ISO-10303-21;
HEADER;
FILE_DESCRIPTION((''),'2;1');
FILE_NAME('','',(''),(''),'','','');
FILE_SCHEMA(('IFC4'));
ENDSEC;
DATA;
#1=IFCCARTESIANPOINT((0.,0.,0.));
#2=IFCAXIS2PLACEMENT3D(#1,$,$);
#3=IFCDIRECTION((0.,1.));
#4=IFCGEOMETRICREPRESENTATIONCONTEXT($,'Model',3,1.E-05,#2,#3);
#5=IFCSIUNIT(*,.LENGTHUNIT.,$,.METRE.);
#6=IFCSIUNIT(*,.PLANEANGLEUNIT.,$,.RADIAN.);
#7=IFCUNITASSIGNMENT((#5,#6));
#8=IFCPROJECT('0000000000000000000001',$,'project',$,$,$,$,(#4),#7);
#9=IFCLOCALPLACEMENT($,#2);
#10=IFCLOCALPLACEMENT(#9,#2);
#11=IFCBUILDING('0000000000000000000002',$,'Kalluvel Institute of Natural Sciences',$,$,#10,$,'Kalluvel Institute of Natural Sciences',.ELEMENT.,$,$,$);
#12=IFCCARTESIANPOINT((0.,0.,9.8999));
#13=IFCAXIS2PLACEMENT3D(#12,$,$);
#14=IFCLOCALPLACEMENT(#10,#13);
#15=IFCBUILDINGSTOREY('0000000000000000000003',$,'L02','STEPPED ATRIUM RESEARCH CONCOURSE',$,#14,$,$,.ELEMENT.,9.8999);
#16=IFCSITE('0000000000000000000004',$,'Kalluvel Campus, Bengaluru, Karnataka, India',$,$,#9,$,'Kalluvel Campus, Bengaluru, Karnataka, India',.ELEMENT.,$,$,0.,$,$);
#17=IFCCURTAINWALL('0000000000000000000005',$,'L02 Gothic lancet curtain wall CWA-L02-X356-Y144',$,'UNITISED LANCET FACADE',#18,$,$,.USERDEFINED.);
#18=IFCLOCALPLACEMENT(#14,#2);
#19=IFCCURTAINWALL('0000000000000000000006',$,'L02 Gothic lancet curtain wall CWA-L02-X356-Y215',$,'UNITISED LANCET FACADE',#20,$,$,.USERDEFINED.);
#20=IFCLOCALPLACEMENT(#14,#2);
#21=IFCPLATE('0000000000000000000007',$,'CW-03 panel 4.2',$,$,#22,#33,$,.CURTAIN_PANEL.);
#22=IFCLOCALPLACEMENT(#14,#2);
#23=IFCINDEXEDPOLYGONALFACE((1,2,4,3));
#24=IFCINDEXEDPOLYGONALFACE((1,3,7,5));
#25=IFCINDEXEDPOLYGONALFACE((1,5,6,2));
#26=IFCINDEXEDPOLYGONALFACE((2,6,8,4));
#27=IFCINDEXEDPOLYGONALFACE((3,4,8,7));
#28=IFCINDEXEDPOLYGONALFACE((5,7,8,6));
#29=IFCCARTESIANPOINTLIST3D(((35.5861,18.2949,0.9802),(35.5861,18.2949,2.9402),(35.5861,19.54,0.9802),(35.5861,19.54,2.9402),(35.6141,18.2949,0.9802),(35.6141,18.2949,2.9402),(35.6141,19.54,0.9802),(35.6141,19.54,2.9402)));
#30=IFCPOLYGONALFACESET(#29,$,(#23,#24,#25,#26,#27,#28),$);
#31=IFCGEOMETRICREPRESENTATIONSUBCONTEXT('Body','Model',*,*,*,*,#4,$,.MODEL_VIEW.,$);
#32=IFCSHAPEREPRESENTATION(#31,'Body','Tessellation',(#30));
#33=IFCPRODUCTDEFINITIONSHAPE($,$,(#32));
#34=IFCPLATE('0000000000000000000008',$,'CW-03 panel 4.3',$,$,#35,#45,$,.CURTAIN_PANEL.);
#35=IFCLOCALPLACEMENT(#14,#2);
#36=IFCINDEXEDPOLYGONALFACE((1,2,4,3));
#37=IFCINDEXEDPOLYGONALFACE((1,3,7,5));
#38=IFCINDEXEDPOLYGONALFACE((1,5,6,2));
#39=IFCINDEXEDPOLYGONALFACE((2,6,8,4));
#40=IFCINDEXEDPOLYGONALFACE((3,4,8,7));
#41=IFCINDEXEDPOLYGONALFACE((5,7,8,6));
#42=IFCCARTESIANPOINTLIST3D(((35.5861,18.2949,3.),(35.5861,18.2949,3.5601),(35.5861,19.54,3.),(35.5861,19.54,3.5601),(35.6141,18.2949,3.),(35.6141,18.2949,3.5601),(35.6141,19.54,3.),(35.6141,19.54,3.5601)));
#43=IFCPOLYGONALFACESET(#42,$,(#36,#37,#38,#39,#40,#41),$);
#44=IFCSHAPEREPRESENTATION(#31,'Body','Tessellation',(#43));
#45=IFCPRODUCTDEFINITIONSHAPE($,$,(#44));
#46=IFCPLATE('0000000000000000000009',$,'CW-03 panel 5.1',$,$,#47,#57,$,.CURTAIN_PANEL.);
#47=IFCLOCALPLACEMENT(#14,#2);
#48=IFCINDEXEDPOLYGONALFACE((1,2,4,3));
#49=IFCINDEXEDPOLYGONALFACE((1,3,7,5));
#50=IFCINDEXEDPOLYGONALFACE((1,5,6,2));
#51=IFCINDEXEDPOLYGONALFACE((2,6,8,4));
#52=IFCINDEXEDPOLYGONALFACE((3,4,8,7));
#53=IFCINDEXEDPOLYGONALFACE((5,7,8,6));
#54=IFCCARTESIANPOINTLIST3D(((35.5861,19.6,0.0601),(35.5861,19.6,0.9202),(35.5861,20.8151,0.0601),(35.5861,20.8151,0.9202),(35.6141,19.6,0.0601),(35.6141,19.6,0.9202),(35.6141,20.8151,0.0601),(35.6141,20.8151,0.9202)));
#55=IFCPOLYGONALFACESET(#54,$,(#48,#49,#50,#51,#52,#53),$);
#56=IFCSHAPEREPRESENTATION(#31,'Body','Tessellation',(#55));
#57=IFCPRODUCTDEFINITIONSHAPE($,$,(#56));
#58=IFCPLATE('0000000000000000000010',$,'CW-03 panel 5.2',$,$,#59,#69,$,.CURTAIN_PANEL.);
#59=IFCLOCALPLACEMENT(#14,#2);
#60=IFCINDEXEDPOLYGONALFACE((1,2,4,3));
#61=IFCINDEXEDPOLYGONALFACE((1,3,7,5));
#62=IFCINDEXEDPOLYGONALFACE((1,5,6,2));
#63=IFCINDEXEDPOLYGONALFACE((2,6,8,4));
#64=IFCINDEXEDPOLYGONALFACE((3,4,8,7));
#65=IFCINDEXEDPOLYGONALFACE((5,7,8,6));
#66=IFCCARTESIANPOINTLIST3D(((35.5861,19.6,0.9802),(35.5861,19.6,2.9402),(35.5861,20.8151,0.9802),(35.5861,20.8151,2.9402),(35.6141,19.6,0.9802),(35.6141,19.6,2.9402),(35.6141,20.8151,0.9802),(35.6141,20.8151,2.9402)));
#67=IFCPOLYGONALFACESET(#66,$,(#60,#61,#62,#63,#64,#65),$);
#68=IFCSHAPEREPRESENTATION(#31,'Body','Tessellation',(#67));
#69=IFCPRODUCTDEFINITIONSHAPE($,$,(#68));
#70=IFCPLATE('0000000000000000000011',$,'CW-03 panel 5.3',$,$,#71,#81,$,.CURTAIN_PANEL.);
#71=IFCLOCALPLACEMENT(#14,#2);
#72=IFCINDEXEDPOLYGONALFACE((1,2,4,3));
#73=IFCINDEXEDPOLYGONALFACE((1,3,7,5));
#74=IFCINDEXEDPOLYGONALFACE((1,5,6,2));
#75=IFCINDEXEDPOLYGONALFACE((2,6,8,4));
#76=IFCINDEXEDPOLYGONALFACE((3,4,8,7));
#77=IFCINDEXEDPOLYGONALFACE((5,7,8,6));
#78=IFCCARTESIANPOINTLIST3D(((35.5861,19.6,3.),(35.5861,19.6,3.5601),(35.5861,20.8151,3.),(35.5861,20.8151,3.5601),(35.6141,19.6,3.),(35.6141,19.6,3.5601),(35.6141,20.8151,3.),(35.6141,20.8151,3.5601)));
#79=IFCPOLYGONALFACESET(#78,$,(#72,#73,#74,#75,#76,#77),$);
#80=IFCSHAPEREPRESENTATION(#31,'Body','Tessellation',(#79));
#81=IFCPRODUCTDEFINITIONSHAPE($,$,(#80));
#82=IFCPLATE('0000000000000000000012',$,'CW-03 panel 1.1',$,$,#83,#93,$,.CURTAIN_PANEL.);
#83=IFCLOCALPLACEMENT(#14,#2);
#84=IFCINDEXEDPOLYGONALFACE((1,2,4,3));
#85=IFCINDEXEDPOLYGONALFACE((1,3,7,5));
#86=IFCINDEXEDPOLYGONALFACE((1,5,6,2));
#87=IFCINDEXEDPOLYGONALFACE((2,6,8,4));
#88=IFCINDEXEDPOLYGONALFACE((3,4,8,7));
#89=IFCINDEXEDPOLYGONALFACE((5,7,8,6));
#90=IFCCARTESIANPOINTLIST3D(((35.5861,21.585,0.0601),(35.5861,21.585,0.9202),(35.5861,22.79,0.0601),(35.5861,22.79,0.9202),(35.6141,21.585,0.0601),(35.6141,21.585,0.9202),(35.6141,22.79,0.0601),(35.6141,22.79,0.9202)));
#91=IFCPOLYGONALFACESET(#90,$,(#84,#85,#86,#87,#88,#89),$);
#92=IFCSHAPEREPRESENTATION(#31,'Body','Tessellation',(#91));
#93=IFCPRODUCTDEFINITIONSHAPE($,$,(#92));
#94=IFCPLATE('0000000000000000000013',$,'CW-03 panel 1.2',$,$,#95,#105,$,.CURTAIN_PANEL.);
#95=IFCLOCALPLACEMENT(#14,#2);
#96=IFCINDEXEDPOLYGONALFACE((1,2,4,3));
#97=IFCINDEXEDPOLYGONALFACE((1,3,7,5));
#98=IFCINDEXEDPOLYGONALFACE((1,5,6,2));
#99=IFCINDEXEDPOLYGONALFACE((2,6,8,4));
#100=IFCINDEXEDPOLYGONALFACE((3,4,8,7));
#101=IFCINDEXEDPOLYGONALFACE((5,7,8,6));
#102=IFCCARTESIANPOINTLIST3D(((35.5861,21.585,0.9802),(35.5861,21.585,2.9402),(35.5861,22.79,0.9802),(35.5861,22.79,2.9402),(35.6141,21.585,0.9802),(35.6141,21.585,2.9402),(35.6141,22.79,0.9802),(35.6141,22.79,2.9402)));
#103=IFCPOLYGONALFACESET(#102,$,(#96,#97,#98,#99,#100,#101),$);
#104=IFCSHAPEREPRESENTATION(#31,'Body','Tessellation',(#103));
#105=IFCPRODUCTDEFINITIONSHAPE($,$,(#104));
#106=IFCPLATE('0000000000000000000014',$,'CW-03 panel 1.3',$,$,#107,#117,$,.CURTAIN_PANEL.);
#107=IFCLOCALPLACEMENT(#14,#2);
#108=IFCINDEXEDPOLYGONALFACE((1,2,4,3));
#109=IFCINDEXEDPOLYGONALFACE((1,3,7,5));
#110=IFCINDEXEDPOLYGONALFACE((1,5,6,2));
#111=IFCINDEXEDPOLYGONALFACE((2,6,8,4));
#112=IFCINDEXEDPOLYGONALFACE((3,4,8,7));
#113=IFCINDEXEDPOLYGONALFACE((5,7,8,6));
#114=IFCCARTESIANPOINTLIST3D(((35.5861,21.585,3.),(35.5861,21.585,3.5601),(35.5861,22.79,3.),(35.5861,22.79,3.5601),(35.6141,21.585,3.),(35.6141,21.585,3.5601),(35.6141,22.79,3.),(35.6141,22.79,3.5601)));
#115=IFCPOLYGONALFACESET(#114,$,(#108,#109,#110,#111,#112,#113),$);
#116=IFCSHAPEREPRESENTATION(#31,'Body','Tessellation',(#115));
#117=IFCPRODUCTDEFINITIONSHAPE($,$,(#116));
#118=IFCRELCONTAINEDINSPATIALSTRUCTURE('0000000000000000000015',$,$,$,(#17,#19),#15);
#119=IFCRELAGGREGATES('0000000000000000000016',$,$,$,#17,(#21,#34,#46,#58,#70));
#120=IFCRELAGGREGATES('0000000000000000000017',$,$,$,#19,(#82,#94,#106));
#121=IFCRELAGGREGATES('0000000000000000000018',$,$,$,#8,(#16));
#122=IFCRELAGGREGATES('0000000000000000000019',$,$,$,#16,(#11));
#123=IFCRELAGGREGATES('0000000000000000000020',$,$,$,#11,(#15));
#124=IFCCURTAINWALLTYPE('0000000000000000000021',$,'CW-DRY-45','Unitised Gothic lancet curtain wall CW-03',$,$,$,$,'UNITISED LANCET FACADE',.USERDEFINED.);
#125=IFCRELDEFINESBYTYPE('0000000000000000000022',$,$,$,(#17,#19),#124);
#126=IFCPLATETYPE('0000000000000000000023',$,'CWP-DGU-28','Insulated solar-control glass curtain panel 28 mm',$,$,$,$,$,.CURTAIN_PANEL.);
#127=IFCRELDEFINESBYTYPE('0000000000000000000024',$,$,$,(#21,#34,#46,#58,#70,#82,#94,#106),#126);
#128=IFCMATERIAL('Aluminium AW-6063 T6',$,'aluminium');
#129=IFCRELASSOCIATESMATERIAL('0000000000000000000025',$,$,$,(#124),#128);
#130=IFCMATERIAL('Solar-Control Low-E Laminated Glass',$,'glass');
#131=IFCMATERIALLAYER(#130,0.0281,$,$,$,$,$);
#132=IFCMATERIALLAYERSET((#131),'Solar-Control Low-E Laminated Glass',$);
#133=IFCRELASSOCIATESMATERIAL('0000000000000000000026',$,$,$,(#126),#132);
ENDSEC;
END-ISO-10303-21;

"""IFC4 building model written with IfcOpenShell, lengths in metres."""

from ifc_helpers import new_model, si_unit, direction, frame, origin, origin_2d, place, context, subcontext, project, spatial, rectangle, extrude, material, layer, layer_set, type_object, element, aggregate, save


model = new_model("IFC4")

# Units and contexts
model_context = context("Model", 3, precision=1e-05, world=origin(), true_north=direction((0.0, 1.0)))
body_context = subcontext(model_context, "Body", "Model", "MODEL_VIEW")
ifc_project = project(units=[si_unit("LENGTHUNIT", "METRE"), si_unit("PLANEANGLEUNIT", "RADIAN")], contexts=[model_context])

# Site, building, storey
site_placement = place(None, origin())
site = spatial("IfcSite", under=ifc_project, at=site_placement, Name="Kalluvel Campus, Bengaluru, Karnataka, India", LongName="Kalluvel Campus, Bengaluru, Karnataka, India", CompositionType="ELEMENT", RefElevation=0.0)
building_placement = place(site_placement, origin())
building = spatial("IfcBuilding", under=site, at=building_placement, Name="Kalluvel Institute of Natural Sciences", LongName="Kalluvel Institute of Natural Sciences", CompositionType="ELEMENT")
storey_placement = place(building_placement, frame((0.0, 0.0, 9.8999)))
storey = spatial("IfcBuildingStorey", under=building, at=storey_placement, Name="L02", Description="STEPPED ATRIUM RESEARCH CONCOURSE", CompositionType="ELEMENT", Elevation=9.8999)

# Curtain walls
ifc_material_1 = material(Name="Aluminium AW-6063 T6", Category="aluminium")
curtain_wall_type = type_object("IfcCurtainWallType", Name="CW-DRY-45", Description="Unitised Gothic lancet curtain wall CW-03", ElementType="UNITISED LANCET FACADE", PredefinedType="USERDEFINED", material=ifc_material_1)
curtain_wall_1_placement = place(storey_placement, origin())
curtain_wall_1 = element("IfcCurtainWall", 1, at=curtain_wall_1_placement, inside=storey, type_object=curtain_wall_type, Name="L02 Gothic lancet curtain wall CWA-L02-X356-Y144", ObjectType="UNITISED LANCET FACADE", PredefinedType="USERDEFINED")
curtain_wall_2_placement = place(storey_placement, origin())
curtain_wall_2 = element("IfcCurtainWall", 2, at=curtain_wall_2_placement, inside=storey, type_object=curtain_wall_type, Name="L02 Gothic lancet curtain wall CWA-L02-X356-Y215", ObjectType="UNITISED LANCET FACADE", PredefinedType="USERDEFINED")

# Plates
ifc_material_2 = material(Name="Solar-Control Low-E Laminated Glass", Category="glass")
ifc_layer = layer(ifc_material_2, 0.0281)
ifc_layer_set = layer_set([ifc_layer], Name="Solar-Control Low-E Laminated Glass")
plate_type = type_object("IfcPlateType", Name="CWP-DGU-28", Description="Insulated solar-control glass curtain panel 28 mm", PredefinedType="CURTAIN_PANEL", material=ifc_layer_set)
plate_1_placement = place(storey_placement, frame((35.6001, 18.9175, 0.9802), z_axis=(0.0, 0.0, 1.0), x_axis=(0.0, 1.0, 0.0)))
plate_1 = element("IfcPlate", 3, at=plate_1_placement, type_object=plate_type, Name="CW-03 panel 4.2", PredefinedType="CURTAIN_PANEL", context=body_context, shape_type="SweptSolid", body=[
    extrude(rectangle(XDim=1.2451, YDim=0.0281, at=origin_2d()), origin(), (0.0, 0.0, 1.0), 1.96),
])
plate_2_placement = place(storey_placement, frame((35.6001, 18.9175, 3.0), z_axis=(0.0, 0.0, 1.0), x_axis=(0.0, 1.0, 0.0)))
plate_2 = element("IfcPlate", 4, at=plate_2_placement, type_object=plate_type, Name="CW-03 panel 4.3", PredefinedType="CURTAIN_PANEL", context=body_context, shape_type="SweptSolid", body=[
    extrude(rectangle(XDim=1.2451, YDim=0.0281, at=origin_2d()), origin(), (0.0, 0.0, 1.0), 0.5601),
])
plate_3_placement = place(storey_placement, frame((35.6001, 20.2075, 0.0601), z_axis=(0.0, 0.0, 1.0), x_axis=(0.0, 1.0, 0.0)))
plate_3 = element("IfcPlate", 5, at=plate_3_placement, type_object=plate_type, Name="CW-03 panel 5.1", PredefinedType="CURTAIN_PANEL", context=body_context, shape_type="SweptSolid", body=[
    extrude(rectangle(XDim=1.2151, YDim=0.0281, at=origin_2d()), origin(), (0.0, 0.0, 1.0), 0.8601),
])
plate_4_placement = place(storey_placement, frame((35.6001, 20.2075, 0.9802), z_axis=(0.0, 0.0, 1.0), x_axis=(0.0, 1.0, 0.0)))
plate_4 = element("IfcPlate", 6, at=plate_4_placement, type_object=plate_type, Name="CW-03 panel 5.2", PredefinedType="CURTAIN_PANEL", context=body_context, shape_type="SweptSolid", body=[
    extrude(rectangle(XDim=1.2151, YDim=0.0281, at=origin_2d()), origin(), (0.0, 0.0, 1.0), 1.96),
])
plate_5_placement = place(storey_placement, frame((35.6001, 20.2075, 3.0), z_axis=(0.0, 0.0, 1.0), x_axis=(0.0, 1.0, 0.0)))
plate_5 = element("IfcPlate", 7, at=plate_5_placement, type_object=plate_type, Name="CW-03 panel 5.3", PredefinedType="CURTAIN_PANEL", context=body_context, shape_type="SweptSolid", body=[
    extrude(rectangle(XDim=1.2151, YDim=0.0281, at=origin_2d()), origin(), (0.0, 0.0, 1.0), 0.5601),
])
aggregate(curtain_wall_1, [plate_1, plate_2, plate_3, plate_4, plate_5])
plate_6_placement = place(storey_placement, frame((35.6001, 22.1875, 0.0601), z_axis=(0.0, 0.0, 1.0), x_axis=(0.0, 1.0, 0.0)))
plate_6 = element("IfcPlate", 8, at=plate_6_placement, type_object=plate_type, Name="CW-03 panel 1.1", PredefinedType="CURTAIN_PANEL", context=body_context, shape_type="SweptSolid", body=[
    extrude(rectangle(XDim=1.2051, YDim=0.0281, at=origin_2d()), origin(), (0.0, 0.0, 1.0), 0.8601),
])
plate_7_placement = place(storey_placement, frame((35.6001, 22.1875, 0.9802), z_axis=(0.0, 0.0, 1.0), x_axis=(0.0, 1.0, 0.0)))
plate_7 = element("IfcPlate", 9, at=plate_7_placement, type_object=plate_type, Name="CW-03 panel 1.2", PredefinedType="CURTAIN_PANEL", context=body_context, shape_type="SweptSolid", body=[
    extrude(rectangle(XDim=1.2051, YDim=0.0281, at=origin_2d()), origin(), (0.0, 0.0, 1.0), 1.96),
])
plate_8_placement = place(storey_placement, frame((35.6001, 22.1875, 3.0), z_axis=(0.0, 0.0, 1.0), x_axis=(0.0, 1.0, 0.0)))
plate_8 = element("IfcPlate", 10, at=plate_8_placement, type_object=plate_type, Name="CW-03 panel 1.3", PredefinedType="CURTAIN_PANEL", context=body_context, shape_type="SweptSolid", body=[
    extrude(rectangle(XDim=1.2051, YDim=0.0281, at=origin_2d()), origin(), (0.0, 0.0, 1.0), 0.5601),
])
aggregate(curtain_wall_2, [plate_6, plate_7, plate_8])

save(model, "model.ifc")
